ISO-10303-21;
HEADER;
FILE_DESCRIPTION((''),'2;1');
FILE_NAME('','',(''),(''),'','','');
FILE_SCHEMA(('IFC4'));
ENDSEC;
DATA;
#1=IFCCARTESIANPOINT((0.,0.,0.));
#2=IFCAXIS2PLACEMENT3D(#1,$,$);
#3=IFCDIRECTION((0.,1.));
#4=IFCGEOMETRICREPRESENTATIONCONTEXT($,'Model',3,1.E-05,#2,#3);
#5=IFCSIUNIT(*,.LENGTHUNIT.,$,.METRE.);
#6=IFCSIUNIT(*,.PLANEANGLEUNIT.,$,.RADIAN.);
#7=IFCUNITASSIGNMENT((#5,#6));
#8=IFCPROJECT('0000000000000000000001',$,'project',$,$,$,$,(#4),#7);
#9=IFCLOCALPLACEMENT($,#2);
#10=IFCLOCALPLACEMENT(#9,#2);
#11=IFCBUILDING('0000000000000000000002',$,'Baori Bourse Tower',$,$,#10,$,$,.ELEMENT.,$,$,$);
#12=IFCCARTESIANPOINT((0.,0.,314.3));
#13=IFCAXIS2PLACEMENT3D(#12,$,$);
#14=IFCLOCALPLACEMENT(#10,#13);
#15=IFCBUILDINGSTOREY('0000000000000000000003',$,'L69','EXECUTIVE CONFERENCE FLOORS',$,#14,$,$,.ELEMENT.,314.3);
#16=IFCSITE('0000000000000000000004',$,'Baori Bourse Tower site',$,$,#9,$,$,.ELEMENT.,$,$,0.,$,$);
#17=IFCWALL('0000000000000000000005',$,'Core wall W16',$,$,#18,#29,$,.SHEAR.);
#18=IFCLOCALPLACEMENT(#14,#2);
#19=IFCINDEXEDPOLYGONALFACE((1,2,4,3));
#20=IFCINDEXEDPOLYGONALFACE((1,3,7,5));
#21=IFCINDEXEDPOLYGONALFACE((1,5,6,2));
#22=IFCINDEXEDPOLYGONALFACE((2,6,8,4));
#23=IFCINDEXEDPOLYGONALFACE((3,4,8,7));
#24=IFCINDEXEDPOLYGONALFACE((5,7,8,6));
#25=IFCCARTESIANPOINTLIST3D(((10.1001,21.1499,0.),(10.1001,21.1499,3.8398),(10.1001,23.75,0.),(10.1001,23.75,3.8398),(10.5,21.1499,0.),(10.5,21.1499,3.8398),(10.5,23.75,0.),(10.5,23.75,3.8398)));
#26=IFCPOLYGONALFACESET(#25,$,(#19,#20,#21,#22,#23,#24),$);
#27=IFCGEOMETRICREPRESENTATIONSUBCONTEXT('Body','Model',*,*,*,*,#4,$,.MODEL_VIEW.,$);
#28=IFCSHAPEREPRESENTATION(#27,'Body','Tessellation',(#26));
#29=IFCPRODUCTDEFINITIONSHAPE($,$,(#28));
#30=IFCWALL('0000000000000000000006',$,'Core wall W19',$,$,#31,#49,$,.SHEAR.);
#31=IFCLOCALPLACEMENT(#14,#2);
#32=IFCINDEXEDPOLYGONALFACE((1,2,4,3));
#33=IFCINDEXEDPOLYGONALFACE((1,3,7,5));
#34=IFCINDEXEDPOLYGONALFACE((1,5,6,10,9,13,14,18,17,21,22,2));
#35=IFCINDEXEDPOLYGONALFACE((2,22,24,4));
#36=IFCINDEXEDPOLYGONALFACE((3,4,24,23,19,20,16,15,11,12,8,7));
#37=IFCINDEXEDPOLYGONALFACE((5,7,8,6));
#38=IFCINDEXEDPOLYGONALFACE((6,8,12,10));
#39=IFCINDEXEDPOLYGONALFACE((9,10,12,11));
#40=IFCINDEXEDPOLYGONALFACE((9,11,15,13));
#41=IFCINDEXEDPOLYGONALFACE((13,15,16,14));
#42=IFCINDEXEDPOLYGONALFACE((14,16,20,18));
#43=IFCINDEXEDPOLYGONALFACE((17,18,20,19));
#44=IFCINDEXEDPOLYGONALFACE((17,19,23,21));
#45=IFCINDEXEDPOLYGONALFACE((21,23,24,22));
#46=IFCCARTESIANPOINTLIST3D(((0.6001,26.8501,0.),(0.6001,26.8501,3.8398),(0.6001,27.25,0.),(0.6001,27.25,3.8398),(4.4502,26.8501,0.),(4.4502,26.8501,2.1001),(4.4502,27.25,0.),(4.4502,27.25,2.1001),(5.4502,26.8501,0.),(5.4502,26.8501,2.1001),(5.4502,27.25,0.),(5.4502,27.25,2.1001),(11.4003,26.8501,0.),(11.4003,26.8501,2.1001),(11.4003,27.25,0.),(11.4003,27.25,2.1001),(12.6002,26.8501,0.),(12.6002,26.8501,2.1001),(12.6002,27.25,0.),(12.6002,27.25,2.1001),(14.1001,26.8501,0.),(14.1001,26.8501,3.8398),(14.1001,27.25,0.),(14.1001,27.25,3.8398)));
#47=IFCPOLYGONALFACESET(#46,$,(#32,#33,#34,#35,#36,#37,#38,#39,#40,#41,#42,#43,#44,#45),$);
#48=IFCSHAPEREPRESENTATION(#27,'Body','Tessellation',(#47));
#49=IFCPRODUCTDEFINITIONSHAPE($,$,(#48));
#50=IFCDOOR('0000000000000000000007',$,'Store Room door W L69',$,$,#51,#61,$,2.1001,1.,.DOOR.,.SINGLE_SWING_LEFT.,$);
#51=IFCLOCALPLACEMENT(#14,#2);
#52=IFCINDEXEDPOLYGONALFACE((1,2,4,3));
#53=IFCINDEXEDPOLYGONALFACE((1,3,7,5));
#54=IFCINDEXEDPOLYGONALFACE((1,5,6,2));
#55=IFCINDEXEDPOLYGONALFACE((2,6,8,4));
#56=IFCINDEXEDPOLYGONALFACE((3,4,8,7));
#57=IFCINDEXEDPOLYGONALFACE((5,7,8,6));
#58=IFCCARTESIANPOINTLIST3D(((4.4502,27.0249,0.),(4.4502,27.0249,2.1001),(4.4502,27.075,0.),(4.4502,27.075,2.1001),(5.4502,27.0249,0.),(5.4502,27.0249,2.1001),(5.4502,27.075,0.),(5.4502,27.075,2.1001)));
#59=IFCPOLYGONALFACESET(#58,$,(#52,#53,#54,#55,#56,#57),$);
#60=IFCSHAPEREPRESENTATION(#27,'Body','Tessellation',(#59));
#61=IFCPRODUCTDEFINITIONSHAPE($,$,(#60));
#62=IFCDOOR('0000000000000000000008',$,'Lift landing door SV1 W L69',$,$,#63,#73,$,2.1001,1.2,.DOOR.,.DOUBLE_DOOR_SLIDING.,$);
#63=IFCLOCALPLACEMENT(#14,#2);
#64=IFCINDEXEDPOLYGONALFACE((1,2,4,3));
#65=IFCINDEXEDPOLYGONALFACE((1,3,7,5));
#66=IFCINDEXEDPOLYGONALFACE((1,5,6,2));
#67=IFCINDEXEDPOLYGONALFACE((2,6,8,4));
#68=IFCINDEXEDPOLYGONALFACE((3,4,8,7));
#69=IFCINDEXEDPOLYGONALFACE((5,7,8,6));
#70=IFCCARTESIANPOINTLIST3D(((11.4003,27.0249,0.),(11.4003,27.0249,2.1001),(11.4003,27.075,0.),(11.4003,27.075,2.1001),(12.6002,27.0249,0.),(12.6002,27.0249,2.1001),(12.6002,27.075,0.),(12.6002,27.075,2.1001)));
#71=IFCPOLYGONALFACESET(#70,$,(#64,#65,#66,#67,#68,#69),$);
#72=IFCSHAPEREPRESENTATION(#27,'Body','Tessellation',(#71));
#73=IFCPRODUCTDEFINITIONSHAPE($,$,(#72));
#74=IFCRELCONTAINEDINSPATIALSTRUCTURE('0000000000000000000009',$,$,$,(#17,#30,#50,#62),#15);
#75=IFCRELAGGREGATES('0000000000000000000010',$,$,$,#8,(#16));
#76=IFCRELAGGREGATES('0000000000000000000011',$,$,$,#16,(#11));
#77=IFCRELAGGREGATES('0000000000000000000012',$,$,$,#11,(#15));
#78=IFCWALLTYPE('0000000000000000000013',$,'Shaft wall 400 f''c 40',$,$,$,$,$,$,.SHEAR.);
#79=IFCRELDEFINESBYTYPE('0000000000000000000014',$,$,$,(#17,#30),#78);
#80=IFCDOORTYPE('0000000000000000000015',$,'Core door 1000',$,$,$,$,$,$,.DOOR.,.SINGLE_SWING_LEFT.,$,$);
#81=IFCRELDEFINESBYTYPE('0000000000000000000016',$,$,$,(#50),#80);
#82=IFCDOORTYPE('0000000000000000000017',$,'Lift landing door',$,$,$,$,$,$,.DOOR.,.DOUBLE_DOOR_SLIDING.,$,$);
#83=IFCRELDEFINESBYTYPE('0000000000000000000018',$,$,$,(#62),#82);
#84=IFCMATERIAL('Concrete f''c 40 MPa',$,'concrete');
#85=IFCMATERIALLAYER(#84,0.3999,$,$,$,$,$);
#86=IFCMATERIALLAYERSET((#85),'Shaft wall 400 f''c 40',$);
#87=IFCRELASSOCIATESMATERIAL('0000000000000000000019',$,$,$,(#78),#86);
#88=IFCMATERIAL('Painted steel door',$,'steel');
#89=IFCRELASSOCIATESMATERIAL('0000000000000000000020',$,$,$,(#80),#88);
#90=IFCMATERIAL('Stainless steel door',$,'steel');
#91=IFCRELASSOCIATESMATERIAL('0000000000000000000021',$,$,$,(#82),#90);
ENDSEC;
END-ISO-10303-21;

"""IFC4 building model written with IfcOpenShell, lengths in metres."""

from ifc_helpers import new_model, si_unit, direction, frame, frame_2d, origin, place, context, subcontext, project, spatial, rectangle, extrude, material, layer, layer_set, type_object, element, fill, save


model = new_model("IFC4")

# Units and contexts
model_context = context("Model", 3, precision=1e-05, world=origin(), true_north=direction((0.0, 1.0)))
body_context = subcontext(model_context, "Body", "Model", "MODEL_VIEW")
ifc_project = project(units=[si_unit("LENGTHUNIT", "METRE"), si_unit("PLANEANGLEUNIT", "RADIAN")], contexts=[model_context])

# Site, building, storey
site_placement = place(None, origin())
site = spatial("IfcSite", under=ifc_project, at=site_placement, Name="Baori Bourse Tower site", CompositionType="ELEMENT", RefElevation=0.0)
building_placement = place(site_placement, origin())
building = spatial("IfcBuilding", under=site, at=building_placement, Name="Baori Bourse Tower", CompositionType="ELEMENT")
storey_placement = place(building_placement, frame((0.0, 0.0, 314.3)))
storey = spatial("IfcBuildingStorey", under=building, at=storey_placement, Name="L69", Description="EXECUTIVE CONFERENCE FLOORS", CompositionType="ELEMENT", Elevation=314.3)

# Wall
ifc_material_1 = material(Name="Concrete f'c 40 MPa", Category="concrete")
ifc_layer_1 = layer(ifc_material_1, 0.3999)
ifc_layer_set_1 = layer_set([ifc_layer_1], Name="Shaft wall 400 f'c 40")
wall_type_1 = type_object("IfcWallType", Name="Shaft wall 400 f'c 40", PredefinedType="SHEAR", material=ifc_layer_set_1)
wall_1_placement = place(storey_placement, frame((10.3, 21.1499, 0.0), z_axis=(0.0, 0.0, 1.0), x_axis=(0.0, 1.0, 0.0)))
element("IfcWall", 1, at=wall_1_placement, inside=storey, type_object=wall_type_1, Name="Core wall W16", PredefinedType="SHEAR", context=body_context, shape_type="SweptSolid", body=[
    extrude(rectangle(XDim=2.6001, YDim=0.3999, at=frame_2d((1.3, 0.0))), origin(), (0.0, 0.0, 1.0), 3.8398),
])

# Wall, openings, doors
wall_2_placement = place(storey_placement, frame((0.6001, 27.05, 0.0), z_axis=(0.0, 0.0, 1.0), x_axis=(1.0, 0.0, 0.0)))
wall_2 = element("IfcWall", 2, at=wall_2_placement, inside=storey, type_object=wall_type_1, Name="Core wall W19", PredefinedType="SHEAR", context=body_context, shape_type="SweptSolid", body=[
    extrude(rectangle(XDim=13.5, YDim=0.3999, at=frame_2d((6.75, 0.0))), origin(), (0.0, 0.0, 1.0), 3.8398),
])
opening_1_placement = place(wall_2_placement, frame((3.8501, 0.0, 0.0)))
opening_1 = element("IfcOpeningElement", 3, at=opening_1_placement, cuts=wall_2, PredefinedType="OPENING", context=body_context, shape_type="SweptSolid", body=[
    extrude(rectangle(XDim=1.0, YDim=2.1001, at=frame_2d((0.5, 1.05))), frame((0.0, 0.21, 0.0), z_axis=(0.0, -1.0, 0.0), x_axis=(1.0, 0.0, 0.0)), (0.0, 0.0, 1.0), 0.4199),
])
opening_2_placement = place(wall_2_placement, frame((10.8, 0.0, 0.0)))
opening_2 = element("IfcOpeningElement", 4, at=opening_2_placement, cuts=wall_2, PredefinedType="OPENING", context=body_context, shape_type="SweptSolid", body=[
    extrude(rectangle(XDim=1.2, YDim=2.1001, at=frame_2d((0.6001, 1.05))), frame((0.0, 0.21, 0.0), z_axis=(0.0, -1.0, 0.0), x_axis=(1.0, 0.0, 0.0)), (0.0, 0.0, 1.0), 0.4199),
])
ifc_material_2 = material(Name="Painted steel door", Category="steel")
door_type_1 = type_object("IfcDoorType", Name="Core door 1000", OperationType="SINGLE_SWING_LEFT", PredefinedType="DOOR", material=ifc_material_2)
door_1_placement = place(opening_1_placement, origin())
door_1 = element("IfcDoor", 5, at=door_1_placement, inside=storey, type_object=door_type_1, Name="Store Room door W L69", OperationType="SINGLE_SWING_LEFT", OverallHeight=2.1001, OverallWidth=1.0, PredefinedType="DOOR", context=body_context, shape_type="SweptSolid", body=[
    extrude(rectangle(XDim=1.0, YDim=2.1001, at=frame_2d((0.5, 1.05))), frame((0.0, 0.0249, 0.0), z_axis=(0.0, -1.0, 0.0), x_axis=(1.0, 0.0, 0.0)), (0.0, 0.0, 1.0), 0.05),
])
fill(opening_1, door_1)
ifc_material_3 = material(Name="Stainless steel door", Category="steel")
door_type_2 = type_object("IfcDoorType", Name="Lift landing door", OperationType="DOUBLE_DOOR_SLIDING", PredefinedType="DOOR", material=ifc_material_3)
door_2_placement = place(opening_2_placement, origin())
door_2 = element("IfcDoor", 6, at=door_2_placement, inside=storey, type_object=door_type_2, Name="Lift landing door SV1 W L69", OperationType="DOUBLE_DOOR_SLIDING", OverallHeight=2.1001, OverallWidth=1.2, PredefinedType="DOOR", context=body_context, shape_type="SweptSolid", body=[
    extrude(rectangle(XDim=1.2, YDim=2.1001, at=frame_2d((0.6001, 1.05))), frame((0.0, 0.0249, 0.0), z_axis=(0.0, -1.0, 0.0), x_axis=(1.0, 0.0, 0.0)), (0.0, 0.0, 1.0), 0.05),
])
fill(opening_2, door_2)

save(model, "model.ifc")
